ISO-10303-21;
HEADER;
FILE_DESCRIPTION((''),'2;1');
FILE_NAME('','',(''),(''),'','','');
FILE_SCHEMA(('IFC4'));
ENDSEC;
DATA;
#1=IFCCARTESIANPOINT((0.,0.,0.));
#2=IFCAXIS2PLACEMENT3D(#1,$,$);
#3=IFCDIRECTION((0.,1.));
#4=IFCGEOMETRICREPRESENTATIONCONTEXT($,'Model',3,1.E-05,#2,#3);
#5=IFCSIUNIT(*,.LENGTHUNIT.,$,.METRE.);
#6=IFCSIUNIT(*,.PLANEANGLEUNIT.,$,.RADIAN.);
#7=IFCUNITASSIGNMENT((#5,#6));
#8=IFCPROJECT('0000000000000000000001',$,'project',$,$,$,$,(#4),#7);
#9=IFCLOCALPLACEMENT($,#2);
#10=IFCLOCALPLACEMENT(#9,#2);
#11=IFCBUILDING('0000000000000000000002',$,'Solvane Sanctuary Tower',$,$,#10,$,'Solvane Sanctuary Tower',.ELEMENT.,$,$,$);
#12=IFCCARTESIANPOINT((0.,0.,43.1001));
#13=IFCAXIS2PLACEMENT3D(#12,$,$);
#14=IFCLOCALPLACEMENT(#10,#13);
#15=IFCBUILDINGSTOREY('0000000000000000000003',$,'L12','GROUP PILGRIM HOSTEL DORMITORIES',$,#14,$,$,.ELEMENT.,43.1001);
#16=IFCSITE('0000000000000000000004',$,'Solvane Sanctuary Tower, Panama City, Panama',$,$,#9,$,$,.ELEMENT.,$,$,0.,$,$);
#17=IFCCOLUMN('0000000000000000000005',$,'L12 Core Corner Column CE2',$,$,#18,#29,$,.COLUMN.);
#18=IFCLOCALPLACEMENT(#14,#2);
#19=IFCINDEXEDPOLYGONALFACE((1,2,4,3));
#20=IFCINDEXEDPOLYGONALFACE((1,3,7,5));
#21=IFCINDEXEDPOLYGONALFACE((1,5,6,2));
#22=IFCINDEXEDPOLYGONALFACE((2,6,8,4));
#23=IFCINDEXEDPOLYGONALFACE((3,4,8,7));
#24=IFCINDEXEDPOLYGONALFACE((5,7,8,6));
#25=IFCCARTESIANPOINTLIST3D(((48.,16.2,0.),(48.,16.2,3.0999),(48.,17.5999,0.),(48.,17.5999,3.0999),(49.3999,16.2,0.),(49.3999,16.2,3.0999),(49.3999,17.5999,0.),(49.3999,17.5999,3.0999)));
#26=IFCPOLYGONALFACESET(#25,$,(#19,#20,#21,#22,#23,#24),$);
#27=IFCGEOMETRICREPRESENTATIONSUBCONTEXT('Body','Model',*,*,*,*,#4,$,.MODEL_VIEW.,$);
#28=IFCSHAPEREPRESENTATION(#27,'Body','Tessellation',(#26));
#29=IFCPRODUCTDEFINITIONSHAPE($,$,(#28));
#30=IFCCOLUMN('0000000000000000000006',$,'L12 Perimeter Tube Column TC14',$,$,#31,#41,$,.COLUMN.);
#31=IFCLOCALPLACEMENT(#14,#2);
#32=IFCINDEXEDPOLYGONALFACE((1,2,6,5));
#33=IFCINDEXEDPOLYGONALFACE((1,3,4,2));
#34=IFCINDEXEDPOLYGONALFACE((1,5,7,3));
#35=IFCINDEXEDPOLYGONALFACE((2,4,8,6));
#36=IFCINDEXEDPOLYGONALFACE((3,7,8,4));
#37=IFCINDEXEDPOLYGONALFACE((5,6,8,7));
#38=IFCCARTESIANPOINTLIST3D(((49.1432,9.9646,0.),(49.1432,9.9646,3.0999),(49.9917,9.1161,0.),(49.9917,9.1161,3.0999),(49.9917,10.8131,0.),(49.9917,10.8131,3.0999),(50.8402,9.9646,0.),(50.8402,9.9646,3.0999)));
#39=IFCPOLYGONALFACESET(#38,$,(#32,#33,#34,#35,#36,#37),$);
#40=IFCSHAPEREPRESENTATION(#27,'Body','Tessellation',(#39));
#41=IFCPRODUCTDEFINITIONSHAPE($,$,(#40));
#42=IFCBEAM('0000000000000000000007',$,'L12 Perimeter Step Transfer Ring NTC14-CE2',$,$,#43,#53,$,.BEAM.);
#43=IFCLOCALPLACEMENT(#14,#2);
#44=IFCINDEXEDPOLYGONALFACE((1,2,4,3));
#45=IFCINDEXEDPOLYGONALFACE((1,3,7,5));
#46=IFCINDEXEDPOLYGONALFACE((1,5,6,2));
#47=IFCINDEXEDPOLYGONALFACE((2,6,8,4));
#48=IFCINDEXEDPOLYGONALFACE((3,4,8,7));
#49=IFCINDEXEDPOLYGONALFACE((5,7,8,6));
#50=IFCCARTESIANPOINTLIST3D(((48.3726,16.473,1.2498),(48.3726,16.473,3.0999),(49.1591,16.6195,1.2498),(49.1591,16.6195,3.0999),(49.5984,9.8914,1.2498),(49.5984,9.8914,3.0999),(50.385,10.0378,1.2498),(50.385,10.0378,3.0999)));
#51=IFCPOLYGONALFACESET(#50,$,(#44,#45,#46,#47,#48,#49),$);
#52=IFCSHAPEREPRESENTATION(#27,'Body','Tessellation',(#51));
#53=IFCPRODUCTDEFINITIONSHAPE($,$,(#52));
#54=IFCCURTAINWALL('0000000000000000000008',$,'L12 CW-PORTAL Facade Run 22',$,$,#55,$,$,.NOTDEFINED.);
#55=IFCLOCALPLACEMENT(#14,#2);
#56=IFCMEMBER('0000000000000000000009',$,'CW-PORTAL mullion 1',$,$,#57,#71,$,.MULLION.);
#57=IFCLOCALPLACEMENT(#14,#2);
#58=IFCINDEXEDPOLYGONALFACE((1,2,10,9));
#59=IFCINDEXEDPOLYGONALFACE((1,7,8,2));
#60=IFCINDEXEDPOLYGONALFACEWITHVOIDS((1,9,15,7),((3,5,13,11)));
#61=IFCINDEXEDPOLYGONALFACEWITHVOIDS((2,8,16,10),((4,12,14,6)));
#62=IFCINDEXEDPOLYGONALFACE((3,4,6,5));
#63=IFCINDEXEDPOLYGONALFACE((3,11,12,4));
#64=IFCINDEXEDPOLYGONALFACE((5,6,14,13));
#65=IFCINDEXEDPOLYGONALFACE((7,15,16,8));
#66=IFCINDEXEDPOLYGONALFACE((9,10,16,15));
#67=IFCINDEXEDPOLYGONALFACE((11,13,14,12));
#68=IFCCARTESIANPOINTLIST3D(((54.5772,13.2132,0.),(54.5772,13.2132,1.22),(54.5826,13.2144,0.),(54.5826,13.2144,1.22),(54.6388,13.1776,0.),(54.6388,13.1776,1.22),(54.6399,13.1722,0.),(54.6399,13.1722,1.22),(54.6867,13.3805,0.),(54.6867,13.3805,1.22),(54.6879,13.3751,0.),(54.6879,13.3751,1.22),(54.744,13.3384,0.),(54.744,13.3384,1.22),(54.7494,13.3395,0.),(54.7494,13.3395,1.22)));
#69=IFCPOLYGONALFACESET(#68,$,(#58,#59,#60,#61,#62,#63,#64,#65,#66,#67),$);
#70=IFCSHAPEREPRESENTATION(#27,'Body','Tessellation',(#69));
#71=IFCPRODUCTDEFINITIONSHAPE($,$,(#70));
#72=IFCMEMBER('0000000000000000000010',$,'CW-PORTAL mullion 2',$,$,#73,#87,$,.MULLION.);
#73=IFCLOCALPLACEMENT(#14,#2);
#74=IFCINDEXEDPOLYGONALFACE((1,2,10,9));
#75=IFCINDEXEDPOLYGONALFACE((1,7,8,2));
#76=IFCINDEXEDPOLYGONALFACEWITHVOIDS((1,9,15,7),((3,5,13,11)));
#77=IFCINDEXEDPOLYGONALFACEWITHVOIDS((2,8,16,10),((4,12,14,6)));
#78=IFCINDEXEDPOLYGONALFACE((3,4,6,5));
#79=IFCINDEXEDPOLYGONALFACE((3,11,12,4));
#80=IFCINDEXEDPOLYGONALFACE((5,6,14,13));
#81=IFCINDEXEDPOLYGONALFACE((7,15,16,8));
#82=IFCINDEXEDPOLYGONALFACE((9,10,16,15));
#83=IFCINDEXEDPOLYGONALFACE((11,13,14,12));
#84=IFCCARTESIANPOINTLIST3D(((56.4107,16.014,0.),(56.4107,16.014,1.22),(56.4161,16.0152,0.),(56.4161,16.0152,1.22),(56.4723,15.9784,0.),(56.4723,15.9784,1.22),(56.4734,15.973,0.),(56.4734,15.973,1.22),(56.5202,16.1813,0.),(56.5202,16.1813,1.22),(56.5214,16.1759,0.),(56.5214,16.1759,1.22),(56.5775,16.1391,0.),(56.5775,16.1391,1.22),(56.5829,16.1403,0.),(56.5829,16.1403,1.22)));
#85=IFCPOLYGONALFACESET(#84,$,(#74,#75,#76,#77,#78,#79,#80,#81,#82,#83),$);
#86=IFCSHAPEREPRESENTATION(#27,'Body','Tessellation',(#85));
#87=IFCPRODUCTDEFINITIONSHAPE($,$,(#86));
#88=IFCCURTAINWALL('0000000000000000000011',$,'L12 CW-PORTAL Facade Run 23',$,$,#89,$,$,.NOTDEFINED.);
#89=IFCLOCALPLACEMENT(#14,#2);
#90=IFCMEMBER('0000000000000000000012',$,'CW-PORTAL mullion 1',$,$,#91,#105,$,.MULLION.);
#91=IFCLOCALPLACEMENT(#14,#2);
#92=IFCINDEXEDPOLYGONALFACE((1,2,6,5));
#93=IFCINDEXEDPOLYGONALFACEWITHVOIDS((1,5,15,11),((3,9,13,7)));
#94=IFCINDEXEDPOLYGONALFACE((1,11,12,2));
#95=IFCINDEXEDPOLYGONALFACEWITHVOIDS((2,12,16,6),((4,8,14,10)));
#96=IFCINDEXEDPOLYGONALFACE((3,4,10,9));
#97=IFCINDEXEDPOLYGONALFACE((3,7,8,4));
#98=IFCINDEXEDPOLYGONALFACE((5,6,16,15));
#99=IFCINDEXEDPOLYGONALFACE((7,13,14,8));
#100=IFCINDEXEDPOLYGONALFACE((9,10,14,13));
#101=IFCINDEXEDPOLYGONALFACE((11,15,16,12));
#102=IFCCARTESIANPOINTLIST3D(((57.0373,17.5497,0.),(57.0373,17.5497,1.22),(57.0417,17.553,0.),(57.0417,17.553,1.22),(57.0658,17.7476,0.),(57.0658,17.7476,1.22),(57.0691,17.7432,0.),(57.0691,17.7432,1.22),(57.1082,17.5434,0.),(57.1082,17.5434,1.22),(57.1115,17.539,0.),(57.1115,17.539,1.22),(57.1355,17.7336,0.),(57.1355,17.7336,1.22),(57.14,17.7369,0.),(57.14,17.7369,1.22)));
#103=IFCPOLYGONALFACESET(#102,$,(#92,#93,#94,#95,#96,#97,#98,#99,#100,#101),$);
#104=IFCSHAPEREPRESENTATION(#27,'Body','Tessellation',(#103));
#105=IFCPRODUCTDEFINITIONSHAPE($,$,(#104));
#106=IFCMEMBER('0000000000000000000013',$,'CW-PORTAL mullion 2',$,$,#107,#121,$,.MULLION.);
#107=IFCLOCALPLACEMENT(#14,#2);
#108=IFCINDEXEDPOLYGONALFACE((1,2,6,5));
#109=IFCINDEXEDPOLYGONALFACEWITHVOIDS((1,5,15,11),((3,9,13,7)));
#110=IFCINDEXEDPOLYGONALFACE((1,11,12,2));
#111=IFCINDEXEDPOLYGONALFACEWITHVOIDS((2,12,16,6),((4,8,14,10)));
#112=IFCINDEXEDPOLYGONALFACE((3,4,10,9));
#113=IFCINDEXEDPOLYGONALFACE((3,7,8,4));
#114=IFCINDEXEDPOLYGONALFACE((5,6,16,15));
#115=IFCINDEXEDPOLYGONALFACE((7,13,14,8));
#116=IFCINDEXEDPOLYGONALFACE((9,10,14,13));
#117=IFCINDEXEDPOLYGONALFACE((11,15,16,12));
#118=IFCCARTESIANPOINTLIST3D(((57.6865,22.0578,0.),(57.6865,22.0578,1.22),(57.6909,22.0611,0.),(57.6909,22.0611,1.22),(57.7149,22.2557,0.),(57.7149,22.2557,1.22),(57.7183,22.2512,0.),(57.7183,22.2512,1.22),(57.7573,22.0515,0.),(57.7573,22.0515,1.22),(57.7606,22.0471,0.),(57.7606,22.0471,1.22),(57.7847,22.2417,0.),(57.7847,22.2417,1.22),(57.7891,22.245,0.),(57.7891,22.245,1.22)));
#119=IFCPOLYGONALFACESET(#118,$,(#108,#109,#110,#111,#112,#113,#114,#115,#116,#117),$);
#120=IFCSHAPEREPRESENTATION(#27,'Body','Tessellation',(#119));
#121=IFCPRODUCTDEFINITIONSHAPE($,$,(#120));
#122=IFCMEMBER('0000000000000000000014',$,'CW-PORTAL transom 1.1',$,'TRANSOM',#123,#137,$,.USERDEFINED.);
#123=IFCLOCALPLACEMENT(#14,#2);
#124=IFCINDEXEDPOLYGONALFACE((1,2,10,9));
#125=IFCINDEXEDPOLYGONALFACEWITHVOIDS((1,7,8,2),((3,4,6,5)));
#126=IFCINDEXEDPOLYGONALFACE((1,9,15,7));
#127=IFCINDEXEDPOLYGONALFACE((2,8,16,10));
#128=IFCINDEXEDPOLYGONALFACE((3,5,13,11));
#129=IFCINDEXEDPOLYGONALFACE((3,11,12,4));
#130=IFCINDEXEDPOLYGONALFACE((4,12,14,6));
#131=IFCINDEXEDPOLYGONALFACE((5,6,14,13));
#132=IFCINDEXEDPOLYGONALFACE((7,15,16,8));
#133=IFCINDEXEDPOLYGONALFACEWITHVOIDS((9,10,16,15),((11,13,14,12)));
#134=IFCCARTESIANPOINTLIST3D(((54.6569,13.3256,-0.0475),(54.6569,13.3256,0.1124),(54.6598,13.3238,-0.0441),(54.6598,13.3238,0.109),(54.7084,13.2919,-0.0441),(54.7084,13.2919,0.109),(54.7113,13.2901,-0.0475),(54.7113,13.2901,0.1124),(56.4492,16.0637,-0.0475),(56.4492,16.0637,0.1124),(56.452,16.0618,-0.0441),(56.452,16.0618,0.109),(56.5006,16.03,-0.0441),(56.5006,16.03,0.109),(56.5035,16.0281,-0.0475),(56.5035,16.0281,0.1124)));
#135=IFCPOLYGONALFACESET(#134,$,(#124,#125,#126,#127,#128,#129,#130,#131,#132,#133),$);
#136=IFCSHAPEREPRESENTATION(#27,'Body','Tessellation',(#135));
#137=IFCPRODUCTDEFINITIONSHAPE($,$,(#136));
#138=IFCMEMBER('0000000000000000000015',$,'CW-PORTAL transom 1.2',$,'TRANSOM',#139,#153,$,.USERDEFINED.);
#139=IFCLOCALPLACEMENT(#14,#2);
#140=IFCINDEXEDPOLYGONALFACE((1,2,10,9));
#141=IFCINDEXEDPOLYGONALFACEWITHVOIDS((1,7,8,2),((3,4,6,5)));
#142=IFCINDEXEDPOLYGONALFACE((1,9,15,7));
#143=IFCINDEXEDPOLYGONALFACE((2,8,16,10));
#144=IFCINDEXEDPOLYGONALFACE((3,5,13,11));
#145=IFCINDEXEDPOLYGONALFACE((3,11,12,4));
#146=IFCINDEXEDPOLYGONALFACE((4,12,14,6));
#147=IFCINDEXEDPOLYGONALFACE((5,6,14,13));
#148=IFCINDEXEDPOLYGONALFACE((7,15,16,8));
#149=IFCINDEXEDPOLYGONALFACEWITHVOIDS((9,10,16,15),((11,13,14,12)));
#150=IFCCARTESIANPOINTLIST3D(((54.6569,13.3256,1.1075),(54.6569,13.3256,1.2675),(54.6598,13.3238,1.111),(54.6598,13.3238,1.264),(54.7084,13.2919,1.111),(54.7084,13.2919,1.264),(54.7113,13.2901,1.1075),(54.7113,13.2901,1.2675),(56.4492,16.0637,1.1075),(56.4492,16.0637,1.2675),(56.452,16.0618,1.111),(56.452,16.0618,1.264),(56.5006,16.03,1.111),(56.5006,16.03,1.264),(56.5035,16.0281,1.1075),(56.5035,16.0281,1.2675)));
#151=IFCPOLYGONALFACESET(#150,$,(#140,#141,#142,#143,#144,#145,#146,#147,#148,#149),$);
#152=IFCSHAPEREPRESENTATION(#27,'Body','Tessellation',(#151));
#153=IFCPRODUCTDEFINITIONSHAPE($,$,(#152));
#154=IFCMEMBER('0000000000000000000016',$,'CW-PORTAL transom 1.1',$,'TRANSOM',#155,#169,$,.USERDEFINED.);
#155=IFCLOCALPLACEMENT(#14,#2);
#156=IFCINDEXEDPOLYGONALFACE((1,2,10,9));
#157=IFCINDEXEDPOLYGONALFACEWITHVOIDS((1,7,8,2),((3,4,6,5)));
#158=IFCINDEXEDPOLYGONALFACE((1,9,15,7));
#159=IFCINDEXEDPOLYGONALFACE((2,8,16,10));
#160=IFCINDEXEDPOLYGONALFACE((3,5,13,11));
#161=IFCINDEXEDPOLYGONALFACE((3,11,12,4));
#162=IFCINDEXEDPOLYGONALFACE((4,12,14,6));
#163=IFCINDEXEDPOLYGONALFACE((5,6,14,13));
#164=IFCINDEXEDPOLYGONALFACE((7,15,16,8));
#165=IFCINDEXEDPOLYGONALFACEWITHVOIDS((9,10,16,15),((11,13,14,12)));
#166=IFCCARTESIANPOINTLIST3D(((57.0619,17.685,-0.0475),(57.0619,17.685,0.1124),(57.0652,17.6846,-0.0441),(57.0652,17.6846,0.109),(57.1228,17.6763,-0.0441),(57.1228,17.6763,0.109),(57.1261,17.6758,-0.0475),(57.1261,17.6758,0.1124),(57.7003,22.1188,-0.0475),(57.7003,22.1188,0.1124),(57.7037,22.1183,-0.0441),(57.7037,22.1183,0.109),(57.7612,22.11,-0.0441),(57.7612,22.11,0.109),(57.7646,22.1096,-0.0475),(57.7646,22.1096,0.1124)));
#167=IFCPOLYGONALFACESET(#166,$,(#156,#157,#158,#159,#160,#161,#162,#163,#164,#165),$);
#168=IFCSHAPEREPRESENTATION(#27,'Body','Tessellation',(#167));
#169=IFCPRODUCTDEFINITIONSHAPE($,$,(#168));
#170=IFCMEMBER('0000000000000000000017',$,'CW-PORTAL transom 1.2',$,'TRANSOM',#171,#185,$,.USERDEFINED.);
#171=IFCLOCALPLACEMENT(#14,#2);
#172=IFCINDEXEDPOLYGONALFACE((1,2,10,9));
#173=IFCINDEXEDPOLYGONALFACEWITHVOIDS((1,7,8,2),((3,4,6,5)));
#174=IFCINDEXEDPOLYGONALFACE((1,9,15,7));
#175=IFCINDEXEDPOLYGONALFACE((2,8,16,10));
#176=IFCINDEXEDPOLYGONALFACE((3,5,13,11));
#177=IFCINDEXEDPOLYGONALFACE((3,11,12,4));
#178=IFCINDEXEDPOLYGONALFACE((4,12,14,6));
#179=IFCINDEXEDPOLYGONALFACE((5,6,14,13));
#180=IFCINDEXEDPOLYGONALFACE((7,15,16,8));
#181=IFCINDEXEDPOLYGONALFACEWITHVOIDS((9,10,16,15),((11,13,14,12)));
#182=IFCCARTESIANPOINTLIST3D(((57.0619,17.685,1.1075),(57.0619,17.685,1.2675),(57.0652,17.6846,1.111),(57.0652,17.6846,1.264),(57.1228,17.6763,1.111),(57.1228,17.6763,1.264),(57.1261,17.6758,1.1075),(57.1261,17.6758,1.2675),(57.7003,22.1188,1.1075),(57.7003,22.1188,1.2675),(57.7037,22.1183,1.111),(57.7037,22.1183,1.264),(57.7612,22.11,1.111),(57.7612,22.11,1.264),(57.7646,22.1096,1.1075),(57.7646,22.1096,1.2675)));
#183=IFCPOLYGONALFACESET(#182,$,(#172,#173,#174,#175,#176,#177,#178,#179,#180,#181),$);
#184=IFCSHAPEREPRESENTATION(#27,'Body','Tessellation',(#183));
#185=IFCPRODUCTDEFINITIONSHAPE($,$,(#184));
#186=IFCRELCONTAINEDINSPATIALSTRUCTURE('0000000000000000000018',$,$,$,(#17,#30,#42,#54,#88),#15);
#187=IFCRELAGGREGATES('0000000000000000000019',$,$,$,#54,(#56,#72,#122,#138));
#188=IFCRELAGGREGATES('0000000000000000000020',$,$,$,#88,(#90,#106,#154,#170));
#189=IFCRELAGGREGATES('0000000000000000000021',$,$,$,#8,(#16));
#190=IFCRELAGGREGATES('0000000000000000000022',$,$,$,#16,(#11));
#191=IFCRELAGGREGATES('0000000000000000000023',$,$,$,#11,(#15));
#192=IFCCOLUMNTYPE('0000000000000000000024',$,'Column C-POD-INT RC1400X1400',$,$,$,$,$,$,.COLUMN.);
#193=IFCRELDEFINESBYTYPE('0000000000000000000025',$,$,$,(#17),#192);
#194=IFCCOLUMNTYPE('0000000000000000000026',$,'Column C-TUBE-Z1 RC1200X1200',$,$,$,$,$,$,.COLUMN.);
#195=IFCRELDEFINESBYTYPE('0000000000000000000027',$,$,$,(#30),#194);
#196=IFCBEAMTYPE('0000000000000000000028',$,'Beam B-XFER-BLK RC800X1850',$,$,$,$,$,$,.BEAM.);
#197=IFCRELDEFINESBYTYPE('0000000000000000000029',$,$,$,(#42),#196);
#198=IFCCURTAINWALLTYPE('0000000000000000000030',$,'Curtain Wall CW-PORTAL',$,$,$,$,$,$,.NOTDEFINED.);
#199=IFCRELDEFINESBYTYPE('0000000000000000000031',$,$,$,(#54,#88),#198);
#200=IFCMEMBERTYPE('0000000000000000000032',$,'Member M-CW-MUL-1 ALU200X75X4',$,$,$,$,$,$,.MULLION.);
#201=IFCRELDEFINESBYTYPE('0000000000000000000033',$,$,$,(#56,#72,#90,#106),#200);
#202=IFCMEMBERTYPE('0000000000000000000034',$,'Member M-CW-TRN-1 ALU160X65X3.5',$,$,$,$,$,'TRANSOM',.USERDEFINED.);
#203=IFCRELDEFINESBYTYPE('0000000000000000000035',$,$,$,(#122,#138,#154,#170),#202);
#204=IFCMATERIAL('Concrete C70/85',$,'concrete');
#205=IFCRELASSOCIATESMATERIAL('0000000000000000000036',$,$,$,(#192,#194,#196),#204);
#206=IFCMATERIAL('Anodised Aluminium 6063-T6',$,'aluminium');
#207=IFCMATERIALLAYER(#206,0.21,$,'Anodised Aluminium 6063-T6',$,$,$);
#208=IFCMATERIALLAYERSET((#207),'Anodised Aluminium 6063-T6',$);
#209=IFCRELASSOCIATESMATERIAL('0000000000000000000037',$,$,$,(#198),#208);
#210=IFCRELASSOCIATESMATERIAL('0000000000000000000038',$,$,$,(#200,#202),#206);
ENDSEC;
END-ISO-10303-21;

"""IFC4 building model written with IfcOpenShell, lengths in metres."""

from ifc_helpers import new_model, si_unit, direction, frame, origin, origin_2d, place, context, subcontext, project, spatial, rectangle, hollow_rectangle, extrude, material, layer, layer_set, material_profile, profile_set, type_object, element, aggregate, save


model = new_model("IFC4")

# Units and contexts
model_context = context("Model", 3, precision=1e-05, world=origin(), true_north=direction((0.0, 1.0)))
body_context = subcontext(model_context, "Body", "Model", "MODEL_VIEW")
ifc_project = project(units=[si_unit("LENGTHUNIT", "METRE"), si_unit("PLANEANGLEUNIT", "RADIAN")], contexts=[model_context])

# Site, building, storey
site_placement = place(None, origin())
site = spatial("IfcSite", under=ifc_project, at=site_placement, Name="Solvane Sanctuary Tower, Panama City, Panama", CompositionType="ELEMENT", RefElevation=0.0)
building_placement = place(site_placement, origin())
building = spatial("IfcBuilding", under=site, at=building_placement, Name="Solvane Sanctuary Tower", LongName="Solvane Sanctuary Tower", CompositionType="ELEMENT")
storey_placement = place(building_placement, frame((0.0, 0.0, 43.1001)))
storey = spatial("IfcBuildingStorey", under=building, at=storey_placement, Name="L12", Description="GROUP PILGRIM HOSTEL DORMITORIES", CompositionType="ELEMENT", Elevation=43.1001)

# Columns
ifc_material_1 = material(Name="Concrete C70/85", Category="concrete")
ifc_material_profile_1 = material_profile(ifc_material_1, rectangle(XDim=1.3999, YDim=1.3999, at=origin_2d()), Name="RC1400X1400")
ifc_profile_set_1 = profile_set([ifc_material_profile_1], Name="Concrete C70/85")
column_type_1 = type_object("IfcColumnType", Name="Column C-POD-INT RC1400X1400", PredefinedType="COLUMN", material=ifc_profile_set_1)
column_1_placement = place(storey_placement, frame((48.7, 16.8999, 0.0), z_axis=(0.0, 0.0, 1.0), x_axis=(1.0, 0.0, 0.0)))
element("IfcColumn", 1, at=column_1_placement, inside=storey, type_object=column_type_1, Name="L12 Core Corner Column CE2", PredefinedType="COLUMN", context=body_context, shape_type="SweptSolid", body=[
    extrude(rectangle(XDim=1.3999, YDim=1.3999, at=origin_2d()), origin(), (0.0, 0.0, 1.0), 3.0999),
])
ifc_material_profile_2 = material_profile(ifc_material_1, rectangle(XDim=1.2, YDim=1.2, at=origin_2d()), Name="RC1200X1200")
ifc_profile_set_2 = profile_set([ifc_material_profile_2], Name="Concrete C70/85")
column_type_2 = type_object("IfcColumnType", Name="Column C-TUBE-Z1 RC1200X1200", PredefinedType="COLUMN", material=ifc_profile_set_2)
column_2_placement = place(storey_placement, frame((49.9917, 9.9646, 0.0), z_axis=(0.0, 0.0, 1.0), x_axis=(0.707107, -0.707107, 0.0)))
element("IfcColumn", 2, at=column_2_placement, inside=storey, type_object=column_type_2, Name="L12 Perimeter Tube Column TC14", PredefinedType="COLUMN", context=body_context, shape_type="SweptSolid", body=[
    extrude(rectangle(XDim=1.2, YDim=1.2, at=origin_2d()), origin(), (0.0, 0.0, 1.0), 3.0999),
])

# Beam
ifc_material_profile_3 = material_profile(ifc_material_1, rectangle(XDim=0.8, YDim=1.8501, at=origin_2d()), Name="RC800X1850")
ifc_profile_set_3 = profile_set([ifc_material_profile_3], Name="Concrete C70/85")
beam_type = type_object("IfcBeamType", Name="Beam B-XFER-BLK RC800X1850", PredefinedType="BEAM", material=ifc_profile_set_3)
beam_placement = place(storey_placement, frame((49.9917, 9.9646, 2.1748), z_axis=(-0.183104, 0.983094, 0.0), x_axis=(-0.983094, -0.183104, 0.0)))
element("IfcBeam", 3, at=beam_placement, inside=storey, type_object=beam_type, Name="L12 Perimeter Step Transfer Ring NTC14-CE2", PredefinedType="BEAM", context=body_context, shape_type="SweptSolid", body=[
    extrude(rectangle(XDim=0.8, YDim=1.8501, at=origin_2d()), origin(), (0.0, 0.0, 1.0), 6.6948),
])

# Curtain walls, members
ifc_material_2 = material(Name="Anodised Aluminium 6063-T6", Category="aluminium")
ifc_layer_1 = layer(ifc_material_2, 0.21, Name="Anodised Aluminium 6063-T6")
ifc_layer_set_1 = layer_set([ifc_layer_1], Name="Anodised Aluminium 6063-T6")
curtain_wall_type = type_object("IfcCurtainWallType", Name="Curtain Wall CW-PORTAL", PredefinedType="NOTDEFINED", material=ifc_layer_set_1)
curtain_wall_1_placement = place(storey_placement, origin())
curtain_wall_1 = element("IfcCurtainWall", 4, at=curtain_wall_1_placement, inside=storey, type_object=curtain_wall_type, Name="L12 CW-PORTAL Facade Run 22", PredefinedType="NOTDEFINED")
ifc_material_profile_4 = material_profile(ifc_material_2, hollow_rectangle(XDim=0.075, YDim=0.2, WallThickness=0.0039, at=origin_2d()), Name="ALU200X75X4")
ifc_profile_set_4 = profile_set([ifc_material_profile_4], Name="Anodised Aluminium 6063-T6")
member_type_1 = type_object("IfcMemberType", Name="Member M-CW-MUL-1 ALU200X75X4", PredefinedType="MULLION", material=ifc_profile_set_4)
member_1_placement = place(storey_placement, frame((54.6633, 13.2764, 0.0), z_axis=(0.0, 0.0, 1.0), x_axis=(-0.836674, 0.547702, 0.0)))
member_1 = element("IfcMember", 5, at=member_1_placement, type_object=member_type_1, Name="CW-PORTAL mullion 1", PredefinedType="MULLION", context=body_context, shape_type="SweptSolid", body=[
    extrude(hollow_rectangle(XDim=0.075, YDim=0.2, WallThickness=0.0039, at=origin_2d()), origin(), (0.0, 0.0, 1.0), 1.22),
])
member_2_placement = place(storey_placement, frame((56.4968, 16.0771, 0.0), z_axis=(0.0, 0.0, 1.0), x_axis=(-0.836674, 0.547702, 0.0)))
member_2 = element("IfcMember", 6, at=member_2_placement, type_object=member_type_1, Name="CW-PORTAL mullion 2", PredefinedType="MULLION", context=body_context, shape_type="SweptSolid", body=[
    extrude(hollow_rectangle(XDim=0.075, YDim=0.2, WallThickness=0.0039, at=origin_2d()), origin(), (0.0, 0.0, 1.0), 1.22),
])
curtain_wall_2_placement = place(storey_placement, origin())
curtain_wall_2 = element("IfcCurtainWall", 7, at=curtain_wall_2_placement, inside=storey, type_object=curtain_wall_type, Name="L12 CW-PORTAL Facade Run 23", PredefinedType="NOTDEFINED")
member_3_placement = place(storey_placement, frame((57.0886, 17.6433, 0.0), z_axis=(0.0, 0.0, 1.0), x_axis=(-0.989794, 0.142504, 0.0)))
member_3 = element("IfcMember", 8, at=member_3_placement, type_object=member_type_1, Name="CW-PORTAL mullion 1", PredefinedType="MULLION", context=body_context, shape_type="SweptSolid", body=[
    extrude(hollow_rectangle(XDim=0.075, YDim=0.2, WallThickness=0.0039, at=origin_2d()), origin(), (0.0, 0.0, 1.0), 1.22),
])
member_4_placement = place(storey_placement, frame((57.7378, 22.1514, 0.0), z_axis=(0.0, 0.0, 1.0), x_axis=(-0.989794, 0.142504, 0.0)))
member_4 = element("IfcMember", 9, at=member_4_placement, type_object=member_type_1, Name="CW-PORTAL mullion 2", PredefinedType="MULLION", context=body_context, shape_type="SweptSolid", body=[
    extrude(hollow_rectangle(XDim=0.075, YDim=0.2, WallThickness=0.0039, at=origin_2d()), origin(), (0.0, 0.0, 1.0), 1.22),
])

# Members
ifc_material_profile_5 = material_profile(ifc_material_2, hollow_rectangle(XDim=0.0649, YDim=0.1599, WallThickness=0.0034, at=origin_2d()), Name="ALU160X65X3.5")
ifc_profile_set_5 = profile_set([ifc_material_profile_5], Name="Anodised Aluminium 6063-T6")
member_type_2 = type_object("IfcMemberType", Name="Member M-CW-TRN-1 ALU160X65X3.5", ElementType="TRANSOM", PredefinedType="USERDEFINED", material=ifc_profile_set_5)
member_5_placement = place(storey_placement, frame((54.6841, 13.3079, 0.0325), z_axis=(0.547673, 0.836692, 0.0), x_axis=(-0.836692, 0.547673, 0.0)))
member_5 = element("IfcMember", 10, at=member_5_placement, type_object=member_type_2, Name="CW-PORTAL transom 1.1", ObjectType="TRANSOM", PredefinedType="USERDEFINED", context=body_context, shape_type="SweptSolid", body=[
    extrude(hollow_rectangle(XDim=0.0649, YDim=0.1599, WallThickness=0.0034, at=origin_2d()), origin(), (0.0, 0.0, 1.0), 3.2725),
])
member_6_placement = place(storey_placement, frame((54.6841, 13.3079, 1.1875), z_axis=(0.547673, 0.836692, 0.0), x_axis=(-0.836692, 0.547673, 0.0)))
member_6 = element("IfcMember", 11, at=member_6_placement, type_object=member_type_2, Name="CW-PORTAL transom 1.2", ObjectType="TRANSOM", PredefinedType="USERDEFINED", context=body_context, shape_type="SweptSolid", body=[
    extrude(hollow_rectangle(XDim=0.0649, YDim=0.1599, WallThickness=0.0034, at=origin_2d()), origin(), (0.0, 0.0, 1.0), 3.2725),
])
member_7_placement = place(storey_placement, frame((57.094, 17.6804, 0.0325), z_axis=(0.14252, 0.989792, 0.0), x_axis=(-0.989792, 0.14252, 0.0)))
member_7 = element("IfcMember", 12, at=member_7_placement, type_object=member_type_2, Name="CW-PORTAL transom 1.1", ObjectType="TRANSOM", PredefinedType="USERDEFINED", context=body_context, shape_type="SweptSolid", body=[
    extrude(hollow_rectangle(XDim=0.0649, YDim=0.1599, WallThickness=0.0034, at=origin_2d()), origin(), (0.0, 0.0, 1.0), 4.4795),
])
member_8_placement = place(storey_placement, frame((57.094, 17.6804, 1.1875), z_axis=(0.14252, 0.989792, 0.0), x_axis=(-0.989792, 0.14252, 0.0)))
member_8 = element("IfcMember", 13, at=member_8_placement, type_object=member_type_2, Name="CW-PORTAL transom 1.2", ObjectType="TRANSOM", PredefinedType="USERDEFINED", context=body_context, shape_type="SweptSolid", body=[
    extrude(hollow_rectangle(XDim=0.0649, YDim=0.1599, WallThickness=0.0034, at=origin_2d()), origin(), (0.0, 0.0, 1.0), 4.4795),
])

aggregate(curtain_wall_1, [member_1, member_2, member_5, member_6])
aggregate(curtain_wall_2, [member_3, member_4, member_7, member_8])

save(model, "model.ifc")
